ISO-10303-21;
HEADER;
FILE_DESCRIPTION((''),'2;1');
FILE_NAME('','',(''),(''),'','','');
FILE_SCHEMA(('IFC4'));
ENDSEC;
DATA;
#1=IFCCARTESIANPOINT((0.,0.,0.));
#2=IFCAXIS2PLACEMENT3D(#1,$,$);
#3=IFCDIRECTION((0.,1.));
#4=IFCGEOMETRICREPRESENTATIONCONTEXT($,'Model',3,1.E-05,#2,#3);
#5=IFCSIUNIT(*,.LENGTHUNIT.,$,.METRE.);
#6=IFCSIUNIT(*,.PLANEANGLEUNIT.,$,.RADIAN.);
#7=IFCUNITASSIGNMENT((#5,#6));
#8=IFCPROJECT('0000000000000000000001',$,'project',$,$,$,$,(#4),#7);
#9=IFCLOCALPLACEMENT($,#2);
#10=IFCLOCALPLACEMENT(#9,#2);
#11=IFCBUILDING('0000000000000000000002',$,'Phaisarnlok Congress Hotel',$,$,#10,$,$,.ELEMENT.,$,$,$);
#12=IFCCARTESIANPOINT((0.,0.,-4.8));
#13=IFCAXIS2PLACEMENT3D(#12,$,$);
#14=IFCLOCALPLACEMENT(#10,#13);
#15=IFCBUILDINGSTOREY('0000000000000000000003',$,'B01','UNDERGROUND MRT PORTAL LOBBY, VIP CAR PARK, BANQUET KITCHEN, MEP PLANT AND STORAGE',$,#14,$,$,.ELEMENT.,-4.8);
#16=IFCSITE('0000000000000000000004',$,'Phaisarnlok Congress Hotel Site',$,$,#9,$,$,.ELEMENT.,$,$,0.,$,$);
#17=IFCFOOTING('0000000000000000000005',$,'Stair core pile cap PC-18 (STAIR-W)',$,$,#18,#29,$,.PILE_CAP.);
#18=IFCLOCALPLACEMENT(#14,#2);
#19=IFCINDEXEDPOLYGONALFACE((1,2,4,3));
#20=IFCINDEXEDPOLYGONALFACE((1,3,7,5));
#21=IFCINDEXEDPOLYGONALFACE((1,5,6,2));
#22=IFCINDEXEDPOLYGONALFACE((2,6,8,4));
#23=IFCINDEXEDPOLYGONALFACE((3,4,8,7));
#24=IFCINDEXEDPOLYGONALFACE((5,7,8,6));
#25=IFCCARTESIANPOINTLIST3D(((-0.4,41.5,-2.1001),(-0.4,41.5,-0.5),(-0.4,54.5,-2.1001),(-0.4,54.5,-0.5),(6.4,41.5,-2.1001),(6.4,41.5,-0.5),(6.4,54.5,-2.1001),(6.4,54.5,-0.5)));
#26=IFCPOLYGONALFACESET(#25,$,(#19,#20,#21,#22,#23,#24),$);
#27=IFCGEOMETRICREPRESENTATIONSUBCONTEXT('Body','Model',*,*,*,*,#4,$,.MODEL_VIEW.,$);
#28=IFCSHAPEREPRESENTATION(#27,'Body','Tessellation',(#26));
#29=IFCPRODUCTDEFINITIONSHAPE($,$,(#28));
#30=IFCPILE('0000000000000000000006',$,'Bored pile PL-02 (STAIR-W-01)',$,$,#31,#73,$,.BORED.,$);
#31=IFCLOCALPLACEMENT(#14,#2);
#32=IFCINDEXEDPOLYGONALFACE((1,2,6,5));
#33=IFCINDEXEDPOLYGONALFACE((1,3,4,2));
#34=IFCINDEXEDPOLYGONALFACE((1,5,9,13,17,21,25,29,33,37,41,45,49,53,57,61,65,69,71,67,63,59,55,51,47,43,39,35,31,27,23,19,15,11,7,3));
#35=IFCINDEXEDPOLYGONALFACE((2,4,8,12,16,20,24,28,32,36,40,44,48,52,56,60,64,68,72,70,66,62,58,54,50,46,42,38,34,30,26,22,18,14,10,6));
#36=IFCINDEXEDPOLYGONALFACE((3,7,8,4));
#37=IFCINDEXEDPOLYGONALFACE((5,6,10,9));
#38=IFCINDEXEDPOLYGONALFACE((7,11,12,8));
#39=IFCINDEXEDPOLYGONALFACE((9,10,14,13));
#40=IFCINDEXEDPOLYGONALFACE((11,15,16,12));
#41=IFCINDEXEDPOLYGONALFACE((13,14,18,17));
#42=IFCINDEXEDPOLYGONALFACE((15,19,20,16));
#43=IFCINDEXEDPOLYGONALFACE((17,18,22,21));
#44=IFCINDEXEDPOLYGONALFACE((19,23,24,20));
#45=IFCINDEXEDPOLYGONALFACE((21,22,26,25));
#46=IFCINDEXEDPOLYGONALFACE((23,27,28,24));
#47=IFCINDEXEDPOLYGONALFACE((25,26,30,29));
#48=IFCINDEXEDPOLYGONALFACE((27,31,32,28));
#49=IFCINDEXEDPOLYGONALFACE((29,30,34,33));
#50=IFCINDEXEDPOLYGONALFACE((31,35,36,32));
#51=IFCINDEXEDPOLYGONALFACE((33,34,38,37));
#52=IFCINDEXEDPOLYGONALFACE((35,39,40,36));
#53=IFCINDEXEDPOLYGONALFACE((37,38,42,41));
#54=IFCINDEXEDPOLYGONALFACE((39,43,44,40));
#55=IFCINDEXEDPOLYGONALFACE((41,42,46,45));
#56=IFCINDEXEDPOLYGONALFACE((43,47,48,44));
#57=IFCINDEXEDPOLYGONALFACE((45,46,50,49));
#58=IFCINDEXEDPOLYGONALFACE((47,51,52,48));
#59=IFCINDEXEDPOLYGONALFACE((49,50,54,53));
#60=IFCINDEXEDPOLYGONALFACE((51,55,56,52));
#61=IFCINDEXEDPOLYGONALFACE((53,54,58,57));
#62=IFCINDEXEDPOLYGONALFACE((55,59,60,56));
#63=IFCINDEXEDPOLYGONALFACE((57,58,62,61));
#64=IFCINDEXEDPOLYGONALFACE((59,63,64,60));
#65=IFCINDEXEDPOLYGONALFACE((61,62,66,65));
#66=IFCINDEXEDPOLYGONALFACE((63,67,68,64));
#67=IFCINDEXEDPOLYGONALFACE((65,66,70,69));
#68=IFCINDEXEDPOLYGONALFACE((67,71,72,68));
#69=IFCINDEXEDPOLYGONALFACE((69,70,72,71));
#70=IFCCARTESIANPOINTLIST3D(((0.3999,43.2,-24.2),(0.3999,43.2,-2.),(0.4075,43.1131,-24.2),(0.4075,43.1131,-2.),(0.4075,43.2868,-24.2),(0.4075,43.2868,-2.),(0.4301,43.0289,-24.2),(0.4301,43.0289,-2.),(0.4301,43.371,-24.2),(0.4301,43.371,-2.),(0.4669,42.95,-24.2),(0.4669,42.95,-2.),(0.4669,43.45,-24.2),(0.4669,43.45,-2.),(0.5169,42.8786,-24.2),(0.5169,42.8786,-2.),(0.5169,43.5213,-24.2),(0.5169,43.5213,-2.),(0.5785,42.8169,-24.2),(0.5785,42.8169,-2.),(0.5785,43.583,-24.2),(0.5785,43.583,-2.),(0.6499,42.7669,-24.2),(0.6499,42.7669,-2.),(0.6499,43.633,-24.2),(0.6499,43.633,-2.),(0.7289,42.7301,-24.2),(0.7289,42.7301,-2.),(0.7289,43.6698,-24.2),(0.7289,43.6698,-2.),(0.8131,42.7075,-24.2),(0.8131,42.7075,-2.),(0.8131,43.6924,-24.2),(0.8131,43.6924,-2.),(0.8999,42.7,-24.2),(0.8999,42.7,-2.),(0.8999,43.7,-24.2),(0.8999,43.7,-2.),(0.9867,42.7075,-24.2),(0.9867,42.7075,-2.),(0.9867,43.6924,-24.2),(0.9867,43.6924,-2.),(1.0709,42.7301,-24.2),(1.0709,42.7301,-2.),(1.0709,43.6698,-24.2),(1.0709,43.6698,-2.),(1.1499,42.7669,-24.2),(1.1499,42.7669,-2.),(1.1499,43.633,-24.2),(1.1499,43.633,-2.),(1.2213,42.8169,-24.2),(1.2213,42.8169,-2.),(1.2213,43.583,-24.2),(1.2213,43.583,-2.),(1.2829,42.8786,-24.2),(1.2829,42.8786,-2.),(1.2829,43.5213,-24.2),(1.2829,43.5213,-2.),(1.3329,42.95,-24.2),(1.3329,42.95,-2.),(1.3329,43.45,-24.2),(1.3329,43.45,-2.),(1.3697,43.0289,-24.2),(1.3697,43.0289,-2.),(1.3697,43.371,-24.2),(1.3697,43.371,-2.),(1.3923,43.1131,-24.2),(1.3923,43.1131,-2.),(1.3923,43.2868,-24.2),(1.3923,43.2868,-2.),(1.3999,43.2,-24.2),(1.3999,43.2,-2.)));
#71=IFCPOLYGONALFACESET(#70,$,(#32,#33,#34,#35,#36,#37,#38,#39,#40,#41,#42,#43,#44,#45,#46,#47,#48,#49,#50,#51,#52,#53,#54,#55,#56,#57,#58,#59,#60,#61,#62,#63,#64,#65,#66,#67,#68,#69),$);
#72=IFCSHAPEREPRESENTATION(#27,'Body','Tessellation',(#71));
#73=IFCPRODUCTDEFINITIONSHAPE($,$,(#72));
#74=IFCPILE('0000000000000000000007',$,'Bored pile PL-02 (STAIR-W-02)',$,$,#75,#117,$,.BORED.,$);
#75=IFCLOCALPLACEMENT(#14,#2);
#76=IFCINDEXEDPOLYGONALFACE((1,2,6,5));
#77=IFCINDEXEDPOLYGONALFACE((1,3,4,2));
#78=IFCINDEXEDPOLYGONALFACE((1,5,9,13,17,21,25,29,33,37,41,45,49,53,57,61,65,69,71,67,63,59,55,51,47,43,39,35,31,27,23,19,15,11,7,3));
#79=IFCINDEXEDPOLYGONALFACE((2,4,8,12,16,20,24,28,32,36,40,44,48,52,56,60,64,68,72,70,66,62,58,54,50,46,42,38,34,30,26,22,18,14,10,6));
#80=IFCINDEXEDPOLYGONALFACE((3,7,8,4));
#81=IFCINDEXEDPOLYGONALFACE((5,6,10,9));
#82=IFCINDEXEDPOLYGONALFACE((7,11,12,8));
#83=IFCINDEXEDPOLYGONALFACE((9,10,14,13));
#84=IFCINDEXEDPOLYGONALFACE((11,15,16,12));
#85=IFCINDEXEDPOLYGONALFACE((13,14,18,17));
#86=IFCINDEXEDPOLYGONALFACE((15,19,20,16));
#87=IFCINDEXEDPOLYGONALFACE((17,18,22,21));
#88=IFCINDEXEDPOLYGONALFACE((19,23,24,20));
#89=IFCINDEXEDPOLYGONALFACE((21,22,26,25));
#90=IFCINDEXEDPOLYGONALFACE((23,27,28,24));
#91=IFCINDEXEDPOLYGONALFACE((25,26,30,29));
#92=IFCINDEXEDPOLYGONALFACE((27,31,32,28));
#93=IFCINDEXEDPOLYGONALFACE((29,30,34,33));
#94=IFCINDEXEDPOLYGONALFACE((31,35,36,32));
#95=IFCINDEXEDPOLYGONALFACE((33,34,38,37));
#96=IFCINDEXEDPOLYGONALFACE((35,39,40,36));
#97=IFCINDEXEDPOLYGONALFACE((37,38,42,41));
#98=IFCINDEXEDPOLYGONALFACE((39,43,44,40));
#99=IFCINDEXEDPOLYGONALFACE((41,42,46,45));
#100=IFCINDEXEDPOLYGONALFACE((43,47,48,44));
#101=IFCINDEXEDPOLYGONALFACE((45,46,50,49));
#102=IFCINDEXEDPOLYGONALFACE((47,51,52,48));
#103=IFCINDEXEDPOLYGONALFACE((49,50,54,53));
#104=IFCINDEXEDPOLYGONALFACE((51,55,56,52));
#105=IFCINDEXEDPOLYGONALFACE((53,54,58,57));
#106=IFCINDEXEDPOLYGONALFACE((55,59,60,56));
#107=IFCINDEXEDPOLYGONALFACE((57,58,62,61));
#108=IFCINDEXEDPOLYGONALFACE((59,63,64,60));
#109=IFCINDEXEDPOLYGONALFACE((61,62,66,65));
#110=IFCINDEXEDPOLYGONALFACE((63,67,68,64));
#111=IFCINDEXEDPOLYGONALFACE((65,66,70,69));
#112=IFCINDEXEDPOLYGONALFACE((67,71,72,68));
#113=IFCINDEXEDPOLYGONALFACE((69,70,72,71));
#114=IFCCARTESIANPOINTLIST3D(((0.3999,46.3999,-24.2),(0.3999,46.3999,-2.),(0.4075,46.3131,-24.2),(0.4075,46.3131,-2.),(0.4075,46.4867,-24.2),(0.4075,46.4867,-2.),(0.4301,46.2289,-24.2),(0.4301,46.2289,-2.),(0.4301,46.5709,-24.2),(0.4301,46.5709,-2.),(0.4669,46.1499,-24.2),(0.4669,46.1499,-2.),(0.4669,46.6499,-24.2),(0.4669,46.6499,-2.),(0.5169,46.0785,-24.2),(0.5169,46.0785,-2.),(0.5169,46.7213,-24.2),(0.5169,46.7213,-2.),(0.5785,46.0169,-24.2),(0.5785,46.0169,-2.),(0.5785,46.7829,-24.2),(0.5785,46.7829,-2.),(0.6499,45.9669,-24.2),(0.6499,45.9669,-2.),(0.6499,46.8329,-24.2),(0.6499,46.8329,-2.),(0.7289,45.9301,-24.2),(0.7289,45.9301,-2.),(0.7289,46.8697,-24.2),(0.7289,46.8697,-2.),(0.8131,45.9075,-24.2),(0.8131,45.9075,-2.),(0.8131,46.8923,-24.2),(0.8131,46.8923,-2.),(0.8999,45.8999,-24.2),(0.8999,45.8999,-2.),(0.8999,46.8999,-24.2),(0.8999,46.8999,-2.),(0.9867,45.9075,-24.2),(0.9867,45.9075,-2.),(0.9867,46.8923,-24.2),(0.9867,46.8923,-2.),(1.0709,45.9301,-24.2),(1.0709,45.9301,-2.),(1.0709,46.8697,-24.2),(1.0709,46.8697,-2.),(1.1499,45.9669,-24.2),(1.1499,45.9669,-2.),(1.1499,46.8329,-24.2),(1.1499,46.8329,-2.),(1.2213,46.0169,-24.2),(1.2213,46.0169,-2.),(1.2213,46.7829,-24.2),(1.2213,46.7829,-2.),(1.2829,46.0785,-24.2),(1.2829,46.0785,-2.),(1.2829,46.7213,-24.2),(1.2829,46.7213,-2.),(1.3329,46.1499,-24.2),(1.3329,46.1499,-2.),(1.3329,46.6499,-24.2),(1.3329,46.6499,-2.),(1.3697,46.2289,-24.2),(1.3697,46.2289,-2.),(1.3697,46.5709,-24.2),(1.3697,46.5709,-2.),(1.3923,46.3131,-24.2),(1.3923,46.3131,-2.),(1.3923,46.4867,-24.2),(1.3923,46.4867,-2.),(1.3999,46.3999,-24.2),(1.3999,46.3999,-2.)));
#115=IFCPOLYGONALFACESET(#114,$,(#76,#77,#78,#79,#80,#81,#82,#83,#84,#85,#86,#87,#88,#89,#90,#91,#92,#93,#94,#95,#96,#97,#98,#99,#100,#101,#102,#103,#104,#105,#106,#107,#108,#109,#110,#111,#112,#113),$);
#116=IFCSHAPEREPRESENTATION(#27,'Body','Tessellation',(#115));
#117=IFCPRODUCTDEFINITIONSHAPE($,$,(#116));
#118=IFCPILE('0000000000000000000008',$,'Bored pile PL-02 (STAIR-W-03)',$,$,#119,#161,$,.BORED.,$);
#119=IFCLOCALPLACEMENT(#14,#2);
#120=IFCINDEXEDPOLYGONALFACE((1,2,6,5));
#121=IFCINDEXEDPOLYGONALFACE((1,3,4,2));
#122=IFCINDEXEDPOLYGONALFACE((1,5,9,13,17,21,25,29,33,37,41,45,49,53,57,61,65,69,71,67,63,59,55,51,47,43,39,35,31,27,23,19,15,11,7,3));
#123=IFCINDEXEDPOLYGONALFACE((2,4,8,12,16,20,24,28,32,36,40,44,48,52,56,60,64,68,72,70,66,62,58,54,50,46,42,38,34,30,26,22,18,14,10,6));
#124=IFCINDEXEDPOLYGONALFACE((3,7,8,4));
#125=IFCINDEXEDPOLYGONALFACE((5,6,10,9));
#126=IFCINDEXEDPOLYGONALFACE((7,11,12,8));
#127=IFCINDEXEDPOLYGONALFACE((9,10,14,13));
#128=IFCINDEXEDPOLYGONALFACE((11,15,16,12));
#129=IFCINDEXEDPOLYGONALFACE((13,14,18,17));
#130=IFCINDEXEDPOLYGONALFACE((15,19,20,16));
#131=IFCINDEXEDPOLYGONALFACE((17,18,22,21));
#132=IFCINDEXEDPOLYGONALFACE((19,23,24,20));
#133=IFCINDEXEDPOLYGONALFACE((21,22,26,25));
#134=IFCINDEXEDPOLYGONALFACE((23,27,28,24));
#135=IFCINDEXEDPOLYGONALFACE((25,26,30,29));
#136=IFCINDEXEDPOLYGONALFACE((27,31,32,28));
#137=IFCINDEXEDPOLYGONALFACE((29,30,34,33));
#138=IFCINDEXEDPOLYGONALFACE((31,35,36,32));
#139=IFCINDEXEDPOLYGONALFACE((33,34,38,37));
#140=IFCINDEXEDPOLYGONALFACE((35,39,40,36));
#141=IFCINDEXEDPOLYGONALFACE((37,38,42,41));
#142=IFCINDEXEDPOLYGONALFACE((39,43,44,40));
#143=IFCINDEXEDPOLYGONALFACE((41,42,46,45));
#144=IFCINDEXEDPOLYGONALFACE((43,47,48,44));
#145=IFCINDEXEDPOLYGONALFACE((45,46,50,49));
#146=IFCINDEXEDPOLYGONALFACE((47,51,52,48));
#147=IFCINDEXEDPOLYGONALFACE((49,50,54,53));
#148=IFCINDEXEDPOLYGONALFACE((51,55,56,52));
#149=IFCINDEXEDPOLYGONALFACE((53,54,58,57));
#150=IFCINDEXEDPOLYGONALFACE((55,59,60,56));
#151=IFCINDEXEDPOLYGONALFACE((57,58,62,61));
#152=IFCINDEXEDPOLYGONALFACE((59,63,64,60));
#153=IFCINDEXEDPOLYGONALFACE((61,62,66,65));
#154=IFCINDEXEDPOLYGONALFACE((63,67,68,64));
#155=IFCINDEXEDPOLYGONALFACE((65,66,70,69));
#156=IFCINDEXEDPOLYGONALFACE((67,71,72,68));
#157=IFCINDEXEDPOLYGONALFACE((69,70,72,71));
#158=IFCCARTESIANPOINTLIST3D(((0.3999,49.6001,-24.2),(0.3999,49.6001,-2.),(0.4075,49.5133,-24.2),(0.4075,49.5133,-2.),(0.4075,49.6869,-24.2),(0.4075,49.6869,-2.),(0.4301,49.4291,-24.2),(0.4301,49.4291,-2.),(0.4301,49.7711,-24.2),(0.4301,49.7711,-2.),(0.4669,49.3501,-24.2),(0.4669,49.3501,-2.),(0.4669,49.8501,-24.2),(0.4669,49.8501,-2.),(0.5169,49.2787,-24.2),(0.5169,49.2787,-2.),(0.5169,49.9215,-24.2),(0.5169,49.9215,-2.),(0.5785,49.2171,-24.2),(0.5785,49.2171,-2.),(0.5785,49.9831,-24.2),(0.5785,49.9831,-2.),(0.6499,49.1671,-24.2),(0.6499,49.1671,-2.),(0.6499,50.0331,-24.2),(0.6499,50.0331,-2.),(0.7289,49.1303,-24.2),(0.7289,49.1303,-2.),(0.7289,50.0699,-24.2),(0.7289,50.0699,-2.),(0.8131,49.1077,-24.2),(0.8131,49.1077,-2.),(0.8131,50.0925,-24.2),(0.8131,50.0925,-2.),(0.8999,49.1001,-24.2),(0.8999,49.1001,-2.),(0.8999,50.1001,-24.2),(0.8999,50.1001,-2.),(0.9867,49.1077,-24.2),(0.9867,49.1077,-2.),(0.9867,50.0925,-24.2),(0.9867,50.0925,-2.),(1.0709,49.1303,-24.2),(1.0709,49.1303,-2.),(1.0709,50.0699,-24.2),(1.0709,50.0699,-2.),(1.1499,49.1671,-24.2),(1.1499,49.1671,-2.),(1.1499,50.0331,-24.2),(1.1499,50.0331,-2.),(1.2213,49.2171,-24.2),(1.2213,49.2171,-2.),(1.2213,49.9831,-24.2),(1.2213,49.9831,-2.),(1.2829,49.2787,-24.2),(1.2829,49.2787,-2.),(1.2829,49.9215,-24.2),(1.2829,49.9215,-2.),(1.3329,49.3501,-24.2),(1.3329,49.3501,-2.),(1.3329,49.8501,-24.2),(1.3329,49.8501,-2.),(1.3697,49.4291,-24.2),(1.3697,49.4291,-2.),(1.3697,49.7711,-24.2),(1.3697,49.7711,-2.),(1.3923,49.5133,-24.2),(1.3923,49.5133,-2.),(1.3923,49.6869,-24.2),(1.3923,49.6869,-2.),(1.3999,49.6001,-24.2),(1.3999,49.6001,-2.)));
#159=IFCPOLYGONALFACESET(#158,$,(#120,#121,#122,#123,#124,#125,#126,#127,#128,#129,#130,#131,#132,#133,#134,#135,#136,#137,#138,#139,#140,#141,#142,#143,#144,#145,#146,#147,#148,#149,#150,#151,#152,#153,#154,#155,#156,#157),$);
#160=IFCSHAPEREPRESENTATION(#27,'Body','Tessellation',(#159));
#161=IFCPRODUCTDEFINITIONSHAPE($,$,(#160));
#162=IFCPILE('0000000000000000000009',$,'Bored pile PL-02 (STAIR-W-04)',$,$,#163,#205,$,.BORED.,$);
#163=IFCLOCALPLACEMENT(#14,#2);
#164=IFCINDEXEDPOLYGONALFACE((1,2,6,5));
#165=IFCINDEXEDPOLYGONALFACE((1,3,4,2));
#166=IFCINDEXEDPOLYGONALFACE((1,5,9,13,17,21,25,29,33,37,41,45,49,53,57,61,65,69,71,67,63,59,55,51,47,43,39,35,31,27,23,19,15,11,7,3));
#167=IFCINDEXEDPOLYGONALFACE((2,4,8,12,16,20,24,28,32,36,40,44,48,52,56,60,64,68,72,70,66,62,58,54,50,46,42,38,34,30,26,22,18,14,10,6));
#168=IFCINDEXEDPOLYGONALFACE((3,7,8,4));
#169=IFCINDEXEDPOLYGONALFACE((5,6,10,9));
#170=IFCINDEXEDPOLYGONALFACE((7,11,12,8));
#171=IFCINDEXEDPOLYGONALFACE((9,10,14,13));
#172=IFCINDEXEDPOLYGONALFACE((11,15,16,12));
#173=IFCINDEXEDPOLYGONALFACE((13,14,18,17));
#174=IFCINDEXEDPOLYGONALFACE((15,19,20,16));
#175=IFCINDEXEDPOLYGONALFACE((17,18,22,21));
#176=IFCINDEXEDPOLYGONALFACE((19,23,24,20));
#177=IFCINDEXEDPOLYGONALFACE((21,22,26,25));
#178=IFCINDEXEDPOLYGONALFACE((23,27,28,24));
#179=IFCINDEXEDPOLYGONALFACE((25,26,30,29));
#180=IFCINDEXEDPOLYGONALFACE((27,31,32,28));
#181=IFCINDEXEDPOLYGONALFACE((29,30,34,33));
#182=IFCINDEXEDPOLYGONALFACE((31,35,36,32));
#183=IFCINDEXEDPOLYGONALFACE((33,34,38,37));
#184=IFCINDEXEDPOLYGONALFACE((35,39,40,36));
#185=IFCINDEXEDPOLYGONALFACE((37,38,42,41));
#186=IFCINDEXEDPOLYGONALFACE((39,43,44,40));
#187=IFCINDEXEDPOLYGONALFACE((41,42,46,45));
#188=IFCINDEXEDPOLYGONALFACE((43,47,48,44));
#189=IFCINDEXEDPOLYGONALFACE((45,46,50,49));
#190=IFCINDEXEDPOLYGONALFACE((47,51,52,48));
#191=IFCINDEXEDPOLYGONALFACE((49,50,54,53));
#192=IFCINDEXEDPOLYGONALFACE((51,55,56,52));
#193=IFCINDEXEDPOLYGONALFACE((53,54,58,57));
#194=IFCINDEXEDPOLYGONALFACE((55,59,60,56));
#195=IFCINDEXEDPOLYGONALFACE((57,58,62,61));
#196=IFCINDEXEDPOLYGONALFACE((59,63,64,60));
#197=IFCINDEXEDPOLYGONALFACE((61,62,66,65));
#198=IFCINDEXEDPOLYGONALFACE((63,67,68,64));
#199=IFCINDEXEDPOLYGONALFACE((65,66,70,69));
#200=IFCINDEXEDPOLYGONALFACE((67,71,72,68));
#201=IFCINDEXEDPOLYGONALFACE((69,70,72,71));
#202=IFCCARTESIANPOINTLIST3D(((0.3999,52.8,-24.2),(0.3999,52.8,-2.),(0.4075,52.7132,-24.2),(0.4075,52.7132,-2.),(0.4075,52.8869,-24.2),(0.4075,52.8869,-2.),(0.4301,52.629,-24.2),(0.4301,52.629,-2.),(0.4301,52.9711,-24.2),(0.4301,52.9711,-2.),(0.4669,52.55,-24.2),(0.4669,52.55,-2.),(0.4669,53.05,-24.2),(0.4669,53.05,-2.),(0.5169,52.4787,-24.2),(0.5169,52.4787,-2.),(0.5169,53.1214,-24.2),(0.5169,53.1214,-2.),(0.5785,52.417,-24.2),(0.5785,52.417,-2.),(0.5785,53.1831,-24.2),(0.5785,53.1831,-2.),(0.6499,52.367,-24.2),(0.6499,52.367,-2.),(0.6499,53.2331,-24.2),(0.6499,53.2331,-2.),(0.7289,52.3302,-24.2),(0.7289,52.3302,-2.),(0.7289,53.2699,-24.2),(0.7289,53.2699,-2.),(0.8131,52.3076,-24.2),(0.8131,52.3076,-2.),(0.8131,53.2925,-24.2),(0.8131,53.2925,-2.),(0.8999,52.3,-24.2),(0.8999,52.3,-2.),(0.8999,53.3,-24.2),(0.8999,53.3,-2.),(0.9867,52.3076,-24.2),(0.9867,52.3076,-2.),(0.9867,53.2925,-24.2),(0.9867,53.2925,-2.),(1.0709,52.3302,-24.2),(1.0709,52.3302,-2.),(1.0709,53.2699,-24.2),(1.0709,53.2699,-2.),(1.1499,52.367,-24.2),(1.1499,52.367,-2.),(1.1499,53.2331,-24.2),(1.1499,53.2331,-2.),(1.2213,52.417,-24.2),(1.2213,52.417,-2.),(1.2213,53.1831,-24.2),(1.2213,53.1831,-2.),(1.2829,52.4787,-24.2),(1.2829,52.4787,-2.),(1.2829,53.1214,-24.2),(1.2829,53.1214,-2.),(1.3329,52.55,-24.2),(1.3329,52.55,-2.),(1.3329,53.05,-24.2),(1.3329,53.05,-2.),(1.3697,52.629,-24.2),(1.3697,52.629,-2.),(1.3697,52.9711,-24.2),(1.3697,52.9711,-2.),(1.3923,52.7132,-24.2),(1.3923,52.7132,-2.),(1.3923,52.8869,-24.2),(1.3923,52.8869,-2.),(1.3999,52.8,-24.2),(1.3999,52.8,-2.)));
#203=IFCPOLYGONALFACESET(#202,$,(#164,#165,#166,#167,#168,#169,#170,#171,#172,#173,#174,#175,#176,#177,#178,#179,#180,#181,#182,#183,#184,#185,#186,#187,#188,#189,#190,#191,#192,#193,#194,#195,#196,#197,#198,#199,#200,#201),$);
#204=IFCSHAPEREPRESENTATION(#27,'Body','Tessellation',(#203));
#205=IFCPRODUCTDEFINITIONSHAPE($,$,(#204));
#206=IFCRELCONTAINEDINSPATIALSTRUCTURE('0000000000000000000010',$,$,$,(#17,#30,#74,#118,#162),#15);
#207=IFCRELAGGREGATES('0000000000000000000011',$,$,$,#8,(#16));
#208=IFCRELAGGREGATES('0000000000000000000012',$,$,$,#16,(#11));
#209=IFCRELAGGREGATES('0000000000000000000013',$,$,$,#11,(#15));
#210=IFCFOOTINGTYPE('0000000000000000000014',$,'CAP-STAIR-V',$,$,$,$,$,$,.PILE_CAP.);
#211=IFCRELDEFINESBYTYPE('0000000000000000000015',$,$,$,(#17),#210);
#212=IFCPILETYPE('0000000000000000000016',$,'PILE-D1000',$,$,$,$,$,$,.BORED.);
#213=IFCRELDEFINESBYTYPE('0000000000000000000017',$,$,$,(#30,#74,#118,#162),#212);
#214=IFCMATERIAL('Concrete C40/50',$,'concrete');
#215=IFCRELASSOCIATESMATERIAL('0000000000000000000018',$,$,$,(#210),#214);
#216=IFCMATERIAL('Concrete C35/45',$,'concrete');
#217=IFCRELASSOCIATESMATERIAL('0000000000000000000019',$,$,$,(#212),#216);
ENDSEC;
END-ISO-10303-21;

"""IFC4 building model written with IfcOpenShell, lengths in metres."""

from ifc_helpers import new_model, si_unit, direction, frame, origin, origin_2d, place, context, subcontext, project, spatial, rectangle, circle, extrude, material, material_profile, profile_set, type_object, element, save


model = new_model("IFC4")

# Units and contexts
model_context = context("Model", 3, precision=1e-05, world=origin(), true_north=direction((0.0, 1.0)))
body_context = subcontext(model_context, "Body", "Model", "MODEL_VIEW")
ifc_project = project(units=[si_unit("LENGTHUNIT", "METRE"), si_unit("PLANEANGLEUNIT", "RADIAN")], contexts=[model_context])

# Site, building, storey
site_placement = place(None, origin())
site = spatial("IfcSite", under=ifc_project, at=site_placement, Name="Phaisarnlok Congress Hotel Site", CompositionType="ELEMENT", RefElevation=0.0)
building_placement = place(site_placement, origin())
building = spatial("IfcBuilding", under=site, at=building_placement, Name="Phaisarnlok Congress Hotel", CompositionType="ELEMENT")
storey_placement = place(building_placement, frame((0.0, 0.0, -4.8)))
storey = spatial("IfcBuildingStorey", under=building, at=storey_placement, Name="B01", Description="UNDERGROUND MRT PORTAL LOBBY, VIP CAR PARK, BANQUET KITCHEN, MEP PLANT AND STORAGE", CompositionType="ELEMENT", Elevation=-4.8)

# Footing
ifc_material_1 = material(Name="Concrete C40/50", Category="concrete")
footing_type = type_object("IfcFootingType", Name="CAP-STAIR-V", PredefinedType="PILE_CAP", material=ifc_material_1)
footing_placement = place(storey_placement, frame((3.0, 48.0, -2.1001), z_axis=(0.0, 0.0, 1.0), x_axis=(1.0, 0.0, 0.0)))
element("IfcFooting", 1, at=footing_placement, inside=storey, type_object=footing_type, Name="Stair core pile cap PC-18 (STAIR-W)", PredefinedType="PILE_CAP", context=body_context, shape_type="SweptSolid", body=[
    extrude(rectangle(XDim=6.8, YDim=13.0, at=origin_2d()), origin(), (0.0, 0.0, 1.0), 1.6001),
])

# Piles
ifc_material_2 = material(Name="Concrete C35/45", Category="concrete")
ifc_material_profile_1 = material_profile(ifc_material_2, circle(Radius=0.5, at=origin_2d()), Name="BORED PILE D1000")
ifc_profile_set_1 = profile_set([ifc_material_profile_1], Name="Concrete C35/45")
pile_type = type_object("IfcPileType", Name="PILE-D1000", PredefinedType="BORED", material=ifc_profile_set_1)
for number, where, z_axis, x_axis, name in (
    (2, (0.8999, 43.2, -2.0), (0.0, 0.0, -1.0), (1.0, 0.0, 0.0), "Bored pile PL-02 (STAIR-W-01)"),
    (3, (0.8999, 46.3999, -2.0), (0.0, 0.0, -1.0), (1.0, 0.0, 0.0), "Bored pile PL-02 (STAIR-W-02)"),
    (4, (0.8999, 49.6001, -2.0), (0.0, 0.0, -1.0), (1.0, 0.0, 0.0), "Bored pile PL-02 (STAIR-W-03)"),
    (5, (0.8999, 52.8, -2.0), (0.0, 0.0, -1.0), (1.0, 0.0, 0.0), "Bored pile PL-02 (STAIR-W-04)"),
):
    element("IfcPile", number, at=place(storey_placement, frame(where, z_axis=z_axis, x_axis=x_axis)), inside=storey, type_object=pile_type, Name=name, PredefinedType="BORED", context=body_context, shape_type="SweptSolid", body=[
        extrude(circle(Radius=0.5, at=origin_2d()), origin(), (0.0, 0.0, 1.0), 22.2),
    ])

save(model, "model.ifc")
